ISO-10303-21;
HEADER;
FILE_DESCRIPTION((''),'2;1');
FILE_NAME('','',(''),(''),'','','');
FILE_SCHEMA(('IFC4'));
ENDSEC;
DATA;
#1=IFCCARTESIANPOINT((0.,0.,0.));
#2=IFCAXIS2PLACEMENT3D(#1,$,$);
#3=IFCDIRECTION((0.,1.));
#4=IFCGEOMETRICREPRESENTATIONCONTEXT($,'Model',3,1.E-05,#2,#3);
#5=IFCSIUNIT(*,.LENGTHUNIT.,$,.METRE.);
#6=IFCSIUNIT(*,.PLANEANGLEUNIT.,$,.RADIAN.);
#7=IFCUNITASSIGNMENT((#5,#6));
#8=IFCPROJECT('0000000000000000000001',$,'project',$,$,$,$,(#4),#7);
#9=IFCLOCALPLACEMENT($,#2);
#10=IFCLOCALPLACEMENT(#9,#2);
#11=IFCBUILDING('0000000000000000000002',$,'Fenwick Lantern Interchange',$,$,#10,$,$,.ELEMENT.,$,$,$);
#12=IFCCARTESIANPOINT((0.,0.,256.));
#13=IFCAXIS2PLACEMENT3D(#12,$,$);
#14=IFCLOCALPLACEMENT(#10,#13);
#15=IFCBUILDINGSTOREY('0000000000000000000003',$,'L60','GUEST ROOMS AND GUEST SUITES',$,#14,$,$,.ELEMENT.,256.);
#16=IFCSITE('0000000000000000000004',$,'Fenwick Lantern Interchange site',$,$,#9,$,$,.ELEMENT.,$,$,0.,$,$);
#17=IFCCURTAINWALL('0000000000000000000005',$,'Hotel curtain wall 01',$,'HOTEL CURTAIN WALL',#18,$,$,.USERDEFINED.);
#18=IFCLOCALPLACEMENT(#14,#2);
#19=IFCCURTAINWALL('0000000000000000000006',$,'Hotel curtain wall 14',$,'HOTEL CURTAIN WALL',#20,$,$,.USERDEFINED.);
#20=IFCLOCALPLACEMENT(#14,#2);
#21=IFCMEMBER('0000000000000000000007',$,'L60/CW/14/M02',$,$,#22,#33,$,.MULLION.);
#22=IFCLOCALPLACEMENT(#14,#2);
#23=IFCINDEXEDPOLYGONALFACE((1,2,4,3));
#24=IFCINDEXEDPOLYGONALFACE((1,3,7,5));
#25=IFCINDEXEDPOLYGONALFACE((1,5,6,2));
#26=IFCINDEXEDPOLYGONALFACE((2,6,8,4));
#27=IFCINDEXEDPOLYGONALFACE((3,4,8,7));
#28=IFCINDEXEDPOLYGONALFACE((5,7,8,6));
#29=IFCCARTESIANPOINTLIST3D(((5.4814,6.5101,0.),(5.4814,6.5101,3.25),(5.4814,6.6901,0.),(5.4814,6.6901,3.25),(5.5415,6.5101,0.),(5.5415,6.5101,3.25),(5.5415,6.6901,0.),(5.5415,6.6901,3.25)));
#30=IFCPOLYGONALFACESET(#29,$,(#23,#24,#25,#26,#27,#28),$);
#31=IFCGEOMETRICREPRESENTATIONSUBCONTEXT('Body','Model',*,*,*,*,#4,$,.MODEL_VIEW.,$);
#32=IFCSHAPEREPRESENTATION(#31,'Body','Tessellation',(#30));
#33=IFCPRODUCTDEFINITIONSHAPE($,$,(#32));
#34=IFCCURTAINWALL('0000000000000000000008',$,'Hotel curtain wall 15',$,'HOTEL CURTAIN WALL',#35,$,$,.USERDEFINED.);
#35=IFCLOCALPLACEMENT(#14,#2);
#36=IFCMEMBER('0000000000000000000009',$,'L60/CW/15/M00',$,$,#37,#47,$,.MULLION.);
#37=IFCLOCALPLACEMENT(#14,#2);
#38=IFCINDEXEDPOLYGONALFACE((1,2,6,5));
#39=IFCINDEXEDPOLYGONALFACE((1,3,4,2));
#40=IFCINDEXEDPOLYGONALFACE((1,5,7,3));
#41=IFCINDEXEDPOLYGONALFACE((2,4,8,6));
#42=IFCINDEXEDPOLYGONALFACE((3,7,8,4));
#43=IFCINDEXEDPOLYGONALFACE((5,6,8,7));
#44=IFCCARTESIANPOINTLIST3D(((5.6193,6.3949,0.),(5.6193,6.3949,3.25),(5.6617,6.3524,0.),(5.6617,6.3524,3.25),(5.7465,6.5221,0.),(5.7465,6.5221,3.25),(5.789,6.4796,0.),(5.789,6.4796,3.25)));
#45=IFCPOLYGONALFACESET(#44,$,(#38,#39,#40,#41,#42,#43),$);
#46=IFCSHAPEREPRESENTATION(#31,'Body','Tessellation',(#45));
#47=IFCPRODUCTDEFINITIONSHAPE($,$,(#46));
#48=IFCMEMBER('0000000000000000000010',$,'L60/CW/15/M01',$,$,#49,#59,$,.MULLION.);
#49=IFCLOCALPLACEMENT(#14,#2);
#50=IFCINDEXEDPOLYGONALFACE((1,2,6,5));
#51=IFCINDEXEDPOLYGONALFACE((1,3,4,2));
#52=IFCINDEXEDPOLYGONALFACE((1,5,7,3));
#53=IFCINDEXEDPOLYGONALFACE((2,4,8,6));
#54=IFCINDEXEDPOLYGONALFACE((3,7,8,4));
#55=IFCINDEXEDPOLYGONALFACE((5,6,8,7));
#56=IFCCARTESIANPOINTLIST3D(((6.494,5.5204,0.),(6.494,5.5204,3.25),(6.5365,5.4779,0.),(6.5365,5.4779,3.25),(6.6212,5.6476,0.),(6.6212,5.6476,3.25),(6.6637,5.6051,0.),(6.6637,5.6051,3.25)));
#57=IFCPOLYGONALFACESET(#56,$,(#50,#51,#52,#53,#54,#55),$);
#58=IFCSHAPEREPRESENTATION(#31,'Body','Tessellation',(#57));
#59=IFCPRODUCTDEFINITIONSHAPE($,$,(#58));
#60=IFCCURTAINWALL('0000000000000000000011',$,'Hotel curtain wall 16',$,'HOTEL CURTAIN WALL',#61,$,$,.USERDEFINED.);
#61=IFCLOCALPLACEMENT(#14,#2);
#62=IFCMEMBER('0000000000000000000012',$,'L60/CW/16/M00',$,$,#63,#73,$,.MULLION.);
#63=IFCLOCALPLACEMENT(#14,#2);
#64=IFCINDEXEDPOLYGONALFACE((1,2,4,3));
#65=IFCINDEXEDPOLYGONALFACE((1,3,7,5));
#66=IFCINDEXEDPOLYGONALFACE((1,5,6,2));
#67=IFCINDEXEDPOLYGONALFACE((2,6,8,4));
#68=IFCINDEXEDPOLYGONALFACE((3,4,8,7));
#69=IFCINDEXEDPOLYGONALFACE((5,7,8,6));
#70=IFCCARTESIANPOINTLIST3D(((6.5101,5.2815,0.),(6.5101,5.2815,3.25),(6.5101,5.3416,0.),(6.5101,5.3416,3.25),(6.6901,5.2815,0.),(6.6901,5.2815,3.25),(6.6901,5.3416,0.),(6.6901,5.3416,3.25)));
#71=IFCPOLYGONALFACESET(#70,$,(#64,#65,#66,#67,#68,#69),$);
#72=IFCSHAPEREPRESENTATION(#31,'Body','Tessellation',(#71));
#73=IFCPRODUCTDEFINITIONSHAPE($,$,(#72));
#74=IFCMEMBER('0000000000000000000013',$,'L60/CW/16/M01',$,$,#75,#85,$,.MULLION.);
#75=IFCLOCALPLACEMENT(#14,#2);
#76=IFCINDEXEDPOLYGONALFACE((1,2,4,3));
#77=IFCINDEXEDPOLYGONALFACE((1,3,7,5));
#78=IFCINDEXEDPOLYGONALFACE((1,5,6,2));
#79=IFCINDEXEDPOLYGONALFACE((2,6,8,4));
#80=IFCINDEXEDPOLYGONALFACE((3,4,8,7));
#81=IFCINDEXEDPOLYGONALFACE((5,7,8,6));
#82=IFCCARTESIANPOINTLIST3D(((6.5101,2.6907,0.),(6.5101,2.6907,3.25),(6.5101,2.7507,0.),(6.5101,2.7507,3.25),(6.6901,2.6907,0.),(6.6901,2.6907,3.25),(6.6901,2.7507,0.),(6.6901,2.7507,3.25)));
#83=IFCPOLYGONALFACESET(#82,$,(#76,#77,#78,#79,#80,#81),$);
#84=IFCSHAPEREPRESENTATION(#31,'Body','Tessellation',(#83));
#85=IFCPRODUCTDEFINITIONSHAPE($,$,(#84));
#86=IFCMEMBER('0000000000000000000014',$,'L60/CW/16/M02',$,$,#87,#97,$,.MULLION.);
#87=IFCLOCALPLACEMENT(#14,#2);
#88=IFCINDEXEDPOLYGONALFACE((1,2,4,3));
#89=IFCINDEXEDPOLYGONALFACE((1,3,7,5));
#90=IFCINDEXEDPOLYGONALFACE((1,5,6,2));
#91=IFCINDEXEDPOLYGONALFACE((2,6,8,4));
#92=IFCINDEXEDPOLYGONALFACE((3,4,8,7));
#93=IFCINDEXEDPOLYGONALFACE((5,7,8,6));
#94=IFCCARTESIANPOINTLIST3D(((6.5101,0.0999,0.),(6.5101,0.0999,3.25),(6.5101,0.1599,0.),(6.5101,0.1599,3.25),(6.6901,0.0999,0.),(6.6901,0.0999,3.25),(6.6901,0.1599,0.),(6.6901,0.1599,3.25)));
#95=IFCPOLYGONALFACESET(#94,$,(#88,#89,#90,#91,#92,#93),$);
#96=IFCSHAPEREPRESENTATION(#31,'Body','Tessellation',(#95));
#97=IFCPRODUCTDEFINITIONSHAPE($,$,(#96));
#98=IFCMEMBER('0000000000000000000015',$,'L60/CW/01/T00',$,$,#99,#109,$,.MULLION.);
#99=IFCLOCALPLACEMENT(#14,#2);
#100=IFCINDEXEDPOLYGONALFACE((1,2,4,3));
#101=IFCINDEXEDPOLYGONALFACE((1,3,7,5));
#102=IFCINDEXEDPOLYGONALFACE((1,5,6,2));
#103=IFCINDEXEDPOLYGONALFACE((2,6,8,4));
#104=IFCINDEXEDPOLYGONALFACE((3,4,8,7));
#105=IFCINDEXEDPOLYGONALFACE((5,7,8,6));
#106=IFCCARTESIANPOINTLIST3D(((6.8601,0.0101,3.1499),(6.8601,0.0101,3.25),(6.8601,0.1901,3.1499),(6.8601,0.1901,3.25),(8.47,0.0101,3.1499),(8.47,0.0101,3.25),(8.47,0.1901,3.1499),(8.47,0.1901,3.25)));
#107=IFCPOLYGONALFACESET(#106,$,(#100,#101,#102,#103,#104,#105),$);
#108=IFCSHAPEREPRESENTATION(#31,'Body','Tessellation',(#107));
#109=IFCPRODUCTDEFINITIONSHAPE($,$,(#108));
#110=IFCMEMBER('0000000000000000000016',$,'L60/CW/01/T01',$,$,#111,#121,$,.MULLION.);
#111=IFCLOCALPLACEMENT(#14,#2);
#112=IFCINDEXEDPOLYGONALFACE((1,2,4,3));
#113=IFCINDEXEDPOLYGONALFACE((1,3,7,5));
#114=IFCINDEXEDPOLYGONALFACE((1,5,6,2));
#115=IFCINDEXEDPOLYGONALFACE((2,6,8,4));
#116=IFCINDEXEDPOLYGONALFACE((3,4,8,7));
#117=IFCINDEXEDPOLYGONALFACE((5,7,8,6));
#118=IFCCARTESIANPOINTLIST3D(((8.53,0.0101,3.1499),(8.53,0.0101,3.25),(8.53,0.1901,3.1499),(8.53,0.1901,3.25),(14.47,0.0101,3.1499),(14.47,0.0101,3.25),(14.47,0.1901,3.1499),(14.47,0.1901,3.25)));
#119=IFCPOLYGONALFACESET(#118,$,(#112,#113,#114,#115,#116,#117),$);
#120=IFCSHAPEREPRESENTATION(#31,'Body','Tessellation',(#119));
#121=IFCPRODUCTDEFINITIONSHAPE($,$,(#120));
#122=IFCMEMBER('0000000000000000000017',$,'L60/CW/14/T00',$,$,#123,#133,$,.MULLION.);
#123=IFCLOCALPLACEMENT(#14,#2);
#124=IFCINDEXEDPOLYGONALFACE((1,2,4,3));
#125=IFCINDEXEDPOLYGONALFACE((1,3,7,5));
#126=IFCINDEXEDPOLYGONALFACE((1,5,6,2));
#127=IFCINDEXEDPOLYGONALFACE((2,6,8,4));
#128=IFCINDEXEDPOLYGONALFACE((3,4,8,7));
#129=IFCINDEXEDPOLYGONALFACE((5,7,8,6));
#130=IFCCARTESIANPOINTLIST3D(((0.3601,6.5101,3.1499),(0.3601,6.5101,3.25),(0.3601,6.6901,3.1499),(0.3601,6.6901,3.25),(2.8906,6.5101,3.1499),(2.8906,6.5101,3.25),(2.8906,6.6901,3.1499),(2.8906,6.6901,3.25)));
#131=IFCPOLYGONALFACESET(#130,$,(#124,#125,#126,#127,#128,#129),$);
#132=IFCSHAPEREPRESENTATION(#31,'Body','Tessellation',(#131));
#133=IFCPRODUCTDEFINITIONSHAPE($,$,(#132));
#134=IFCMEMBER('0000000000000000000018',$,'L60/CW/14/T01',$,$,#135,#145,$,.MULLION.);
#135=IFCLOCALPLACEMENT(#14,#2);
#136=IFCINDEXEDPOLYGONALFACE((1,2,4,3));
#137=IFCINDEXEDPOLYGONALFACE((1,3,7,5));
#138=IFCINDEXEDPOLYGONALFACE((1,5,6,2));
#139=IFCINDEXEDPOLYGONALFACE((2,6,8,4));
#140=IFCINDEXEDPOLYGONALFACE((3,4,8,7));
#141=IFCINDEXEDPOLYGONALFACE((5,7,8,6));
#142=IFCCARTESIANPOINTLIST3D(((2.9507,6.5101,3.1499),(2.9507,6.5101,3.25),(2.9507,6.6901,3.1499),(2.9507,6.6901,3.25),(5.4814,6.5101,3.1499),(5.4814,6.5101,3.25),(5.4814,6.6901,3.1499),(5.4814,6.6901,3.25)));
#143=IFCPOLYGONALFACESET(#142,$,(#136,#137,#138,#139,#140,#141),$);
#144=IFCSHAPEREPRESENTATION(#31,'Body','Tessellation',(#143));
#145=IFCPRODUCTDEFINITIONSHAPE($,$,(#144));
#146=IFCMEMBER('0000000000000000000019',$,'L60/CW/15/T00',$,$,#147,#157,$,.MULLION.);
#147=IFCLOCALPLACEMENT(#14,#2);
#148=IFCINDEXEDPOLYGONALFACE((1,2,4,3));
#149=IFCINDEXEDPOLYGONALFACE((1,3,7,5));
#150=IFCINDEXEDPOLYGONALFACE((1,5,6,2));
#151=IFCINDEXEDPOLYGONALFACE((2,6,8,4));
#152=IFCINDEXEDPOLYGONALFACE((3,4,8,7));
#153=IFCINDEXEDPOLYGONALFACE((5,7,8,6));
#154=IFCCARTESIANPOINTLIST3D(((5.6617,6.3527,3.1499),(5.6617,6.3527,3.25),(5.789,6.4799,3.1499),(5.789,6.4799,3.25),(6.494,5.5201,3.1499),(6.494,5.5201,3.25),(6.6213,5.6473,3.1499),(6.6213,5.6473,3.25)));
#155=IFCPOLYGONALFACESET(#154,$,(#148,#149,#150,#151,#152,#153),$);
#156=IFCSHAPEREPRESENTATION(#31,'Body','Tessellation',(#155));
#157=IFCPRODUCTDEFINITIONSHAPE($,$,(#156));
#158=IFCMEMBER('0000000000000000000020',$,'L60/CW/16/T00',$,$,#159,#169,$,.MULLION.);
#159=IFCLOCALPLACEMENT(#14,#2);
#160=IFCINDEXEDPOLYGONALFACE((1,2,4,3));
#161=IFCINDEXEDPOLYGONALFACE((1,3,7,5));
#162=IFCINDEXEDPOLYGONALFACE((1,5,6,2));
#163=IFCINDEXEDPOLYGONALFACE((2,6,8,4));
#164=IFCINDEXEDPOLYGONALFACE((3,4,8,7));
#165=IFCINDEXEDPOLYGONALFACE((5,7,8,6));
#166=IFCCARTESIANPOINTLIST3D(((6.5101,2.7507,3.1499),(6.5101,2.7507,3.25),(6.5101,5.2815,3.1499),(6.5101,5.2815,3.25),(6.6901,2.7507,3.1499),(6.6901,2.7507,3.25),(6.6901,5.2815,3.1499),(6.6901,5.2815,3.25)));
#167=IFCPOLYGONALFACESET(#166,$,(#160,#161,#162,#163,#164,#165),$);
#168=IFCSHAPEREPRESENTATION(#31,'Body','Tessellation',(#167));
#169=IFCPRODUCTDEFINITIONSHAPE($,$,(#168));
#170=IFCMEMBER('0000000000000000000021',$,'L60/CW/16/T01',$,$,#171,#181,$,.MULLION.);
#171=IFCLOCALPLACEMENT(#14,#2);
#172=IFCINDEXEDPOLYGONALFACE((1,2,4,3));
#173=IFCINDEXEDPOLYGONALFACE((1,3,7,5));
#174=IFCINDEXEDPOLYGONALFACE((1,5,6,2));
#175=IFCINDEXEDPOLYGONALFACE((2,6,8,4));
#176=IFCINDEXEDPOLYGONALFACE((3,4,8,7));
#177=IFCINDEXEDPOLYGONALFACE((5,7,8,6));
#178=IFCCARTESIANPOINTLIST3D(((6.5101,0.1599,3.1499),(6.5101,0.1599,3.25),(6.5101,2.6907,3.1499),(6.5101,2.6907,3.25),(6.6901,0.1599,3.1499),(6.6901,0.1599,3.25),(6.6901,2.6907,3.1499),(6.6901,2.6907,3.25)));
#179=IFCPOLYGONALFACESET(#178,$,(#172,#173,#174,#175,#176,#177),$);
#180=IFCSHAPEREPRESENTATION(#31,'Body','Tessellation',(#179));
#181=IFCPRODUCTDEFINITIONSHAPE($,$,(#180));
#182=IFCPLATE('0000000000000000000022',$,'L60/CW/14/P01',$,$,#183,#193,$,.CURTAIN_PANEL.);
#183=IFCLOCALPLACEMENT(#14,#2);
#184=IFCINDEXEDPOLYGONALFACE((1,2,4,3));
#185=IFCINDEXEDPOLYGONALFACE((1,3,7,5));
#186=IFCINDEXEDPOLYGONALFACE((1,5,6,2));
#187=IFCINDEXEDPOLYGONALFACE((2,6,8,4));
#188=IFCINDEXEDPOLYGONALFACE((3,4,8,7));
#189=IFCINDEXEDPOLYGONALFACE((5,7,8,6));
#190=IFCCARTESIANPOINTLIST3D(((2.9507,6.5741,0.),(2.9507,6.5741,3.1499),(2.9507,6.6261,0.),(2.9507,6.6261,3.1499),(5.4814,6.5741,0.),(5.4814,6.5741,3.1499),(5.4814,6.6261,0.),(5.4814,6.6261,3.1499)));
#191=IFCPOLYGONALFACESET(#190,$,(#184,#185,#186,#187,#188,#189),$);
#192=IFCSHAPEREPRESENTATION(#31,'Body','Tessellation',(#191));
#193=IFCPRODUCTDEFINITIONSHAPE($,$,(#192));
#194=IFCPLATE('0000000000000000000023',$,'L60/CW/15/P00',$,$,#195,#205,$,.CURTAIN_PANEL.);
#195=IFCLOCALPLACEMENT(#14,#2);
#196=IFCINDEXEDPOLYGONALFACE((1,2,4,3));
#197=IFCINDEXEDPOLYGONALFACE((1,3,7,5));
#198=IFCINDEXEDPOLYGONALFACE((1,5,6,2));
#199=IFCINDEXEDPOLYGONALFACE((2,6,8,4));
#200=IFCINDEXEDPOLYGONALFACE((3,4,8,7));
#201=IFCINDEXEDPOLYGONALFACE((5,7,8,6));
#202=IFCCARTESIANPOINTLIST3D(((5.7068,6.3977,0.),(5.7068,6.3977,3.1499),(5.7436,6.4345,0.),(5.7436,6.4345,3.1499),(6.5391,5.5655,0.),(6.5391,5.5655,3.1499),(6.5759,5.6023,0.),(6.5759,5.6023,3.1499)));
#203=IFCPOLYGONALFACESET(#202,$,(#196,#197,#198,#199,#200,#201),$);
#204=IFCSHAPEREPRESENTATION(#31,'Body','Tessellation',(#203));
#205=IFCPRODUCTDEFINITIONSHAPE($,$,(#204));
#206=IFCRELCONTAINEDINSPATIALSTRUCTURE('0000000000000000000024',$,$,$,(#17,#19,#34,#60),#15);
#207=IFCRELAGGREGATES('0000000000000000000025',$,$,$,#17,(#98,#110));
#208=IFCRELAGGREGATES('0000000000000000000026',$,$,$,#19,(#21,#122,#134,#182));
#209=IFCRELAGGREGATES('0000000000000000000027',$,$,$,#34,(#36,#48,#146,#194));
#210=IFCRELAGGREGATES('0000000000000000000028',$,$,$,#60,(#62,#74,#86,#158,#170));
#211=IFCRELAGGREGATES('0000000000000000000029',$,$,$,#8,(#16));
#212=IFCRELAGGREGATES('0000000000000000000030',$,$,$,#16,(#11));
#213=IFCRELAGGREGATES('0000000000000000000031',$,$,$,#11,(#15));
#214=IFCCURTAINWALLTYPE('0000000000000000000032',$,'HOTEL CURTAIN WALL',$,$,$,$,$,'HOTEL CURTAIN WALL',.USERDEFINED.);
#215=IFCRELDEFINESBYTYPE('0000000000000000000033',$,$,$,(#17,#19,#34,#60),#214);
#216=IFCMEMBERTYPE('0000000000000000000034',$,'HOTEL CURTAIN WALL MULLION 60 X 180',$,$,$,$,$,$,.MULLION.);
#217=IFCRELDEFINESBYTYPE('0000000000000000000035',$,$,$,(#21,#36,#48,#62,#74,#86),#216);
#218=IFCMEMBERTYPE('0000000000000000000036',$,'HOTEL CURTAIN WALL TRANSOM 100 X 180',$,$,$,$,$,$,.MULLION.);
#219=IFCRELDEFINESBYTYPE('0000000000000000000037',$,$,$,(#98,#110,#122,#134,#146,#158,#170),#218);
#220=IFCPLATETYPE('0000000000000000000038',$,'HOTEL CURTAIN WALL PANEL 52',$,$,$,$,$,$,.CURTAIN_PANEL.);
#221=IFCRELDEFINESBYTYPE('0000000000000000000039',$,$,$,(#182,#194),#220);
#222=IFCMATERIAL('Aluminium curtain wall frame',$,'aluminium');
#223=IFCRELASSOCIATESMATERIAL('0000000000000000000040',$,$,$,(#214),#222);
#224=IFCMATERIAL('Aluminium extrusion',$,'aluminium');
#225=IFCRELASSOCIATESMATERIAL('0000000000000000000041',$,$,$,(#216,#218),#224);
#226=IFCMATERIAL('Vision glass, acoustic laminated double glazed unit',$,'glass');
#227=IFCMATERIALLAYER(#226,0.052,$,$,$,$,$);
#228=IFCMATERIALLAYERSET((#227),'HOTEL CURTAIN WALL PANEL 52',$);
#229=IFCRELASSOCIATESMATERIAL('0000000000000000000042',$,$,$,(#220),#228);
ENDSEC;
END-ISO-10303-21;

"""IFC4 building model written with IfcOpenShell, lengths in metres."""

from ifc_helpers import new_model, si_unit, direction, frame, origin, origin_2d, place, context, subcontext, project, spatial, rectangle, extrude, material, layer, layer_set, material_profile, profile_set, type_object, element, aggregate, save


model = new_model("IFC4")

# Units and contexts
model_context = context("Model", 3, precision=1e-05, world=origin(), true_north=direction((0.0, 1.0)))
body_context = subcontext(model_context, "Body", "Model", "MODEL_VIEW")
ifc_project = project(units=[si_unit("LENGTHUNIT", "METRE"), si_unit("PLANEANGLEUNIT", "RADIAN")], contexts=[model_context])

# Site, building, storey
site_placement = place(None, origin())
site = spatial("IfcSite", under=ifc_project, at=site_placement, Name="Fenwick Lantern Interchange site", CompositionType="ELEMENT", RefElevation=0.0)
building_placement = place(site_placement, origin())
building = spatial("IfcBuilding", under=site, at=building_placement, Name="Fenwick Lantern Interchange", CompositionType="ELEMENT")
storey_placement = place(building_placement, frame((0.0, 0.0, 256.0)))
storey = spatial("IfcBuildingStorey", under=building, at=storey_placement, Name="L60", Description="GUEST ROOMS AND GUEST SUITES", CompositionType="ELEMENT", Elevation=256.0)

# Curtain wall
ifc_material_1 = material(Name="Aluminium curtain wall frame", Category="aluminium")
curtain_wall_type = type_object("IfcCurtainWallType", Name="HOTEL CURTAIN WALL", ElementType="HOTEL CURTAIN WALL", PredefinedType="USERDEFINED", material=ifc_material_1)
curtain_wall_1_placement = place(storey_placement, origin())
curtain_wall_1 = element("IfcCurtainWall", 1, at=curtain_wall_1_placement, inside=storey, type_object=curtain_wall_type, Name="Hotel curtain wall 01", ObjectType="HOTEL CURTAIN WALL", PredefinedType="USERDEFINED")
ifc_material_2 = material(Name="Aluminium extrusion", Category="aluminium")
ifc_material_profile_1 = material_profile(ifc_material_2, rectangle(XDim=0.1799, YDim=0.0601, at=origin_2d()), Name="HOTEL CURTAIN WALL MULLION 60 X 180")
ifc_profile_set_1 = profile_set([ifc_material_profile_1], Name="Aluminium extrusion")
member_type_1 = type_object("IfcMemberType", Name="HOTEL CURTAIN WALL MULLION 60 X 180", PredefinedType="MULLION", material=ifc_profile_set_1)

# Curtain walls, members
curtain_wall_2_placement = place(storey_placement, origin())
curtain_wall_2 = element("IfcCurtainWall", 2, at=curtain_wall_2_placement, inside=storey, type_object=curtain_wall_type, Name="Hotel curtain wall 14", ObjectType="HOTEL CURTAIN WALL", PredefinedType="USERDEFINED")
member_1_placement = place(storey_placement, frame((5.5115, 6.6001, 0.0), z_axis=(0.0, 0.0, 1.0), x_axis=(0.0, 1.0, 0.0)))
member_1 = element("IfcMember", 3, at=member_1_placement, type_object=member_type_1, Name="L60/CW/14/M02", PredefinedType="MULLION", context=body_context, shape_type="SweptSolid", body=[
    extrude(rectangle(XDim=0.1799, YDim=0.0601, at=origin_2d()), origin(), (0.0, 0.0, 1.0), 3.25),
])
curtain_wall_3_placement = place(storey_placement, origin())
curtain_wall_3 = element("IfcCurtainWall", 4, at=curtain_wall_3_placement, inside=storey, type_object=curtain_wall_type, Name="Hotel curtain wall 15", ObjectType="HOTEL CURTAIN WALL", PredefinedType="USERDEFINED")
member_2_placement = place(storey_placement, frame((5.7041, 6.4373, 0.0), z_axis=(0.0, 0.0, 1.0), x_axis=(0.707107, 0.707107, 0.0)))
member_2 = element("IfcMember", 5, at=member_2_placement, type_object=member_type_1, Name="L60/CW/15/M00", PredefinedType="MULLION", context=body_context, shape_type="SweptSolid", body=[
    extrude(rectangle(XDim=0.1799, YDim=0.0601, at=origin_2d()), origin(), (0.0, 0.0, 1.0), 3.25),
])
member_3_placement = place(storey_placement, frame((6.5789, 5.5627, 0.0), z_axis=(0.0, 0.0, 1.0), x_axis=(0.707107, 0.707107, 0.0)))
member_3 = element("IfcMember", 6, at=member_3_placement, type_object=member_type_1, Name="L60/CW/15/M01", PredefinedType="MULLION", context=body_context, shape_type="SweptSolid", body=[
    extrude(rectangle(XDim=0.1799, YDim=0.0601, at=origin_2d()), origin(), (0.0, 0.0, 1.0), 3.25),
])
curtain_wall_4_placement = place(storey_placement, origin())
curtain_wall_4 = element("IfcCurtainWall", 7, at=curtain_wall_4_placement, inside=storey, type_object=curtain_wall_type, Name="Hotel curtain wall 16", ObjectType="HOTEL CURTAIN WALL", PredefinedType="USERDEFINED")
member_4_placement = place(storey_placement, frame((6.6001, 5.3115, 0.0), z_axis=(0.0, 0.0, 1.0), x_axis=(1.0, 0.0, 0.0)))
member_4 = element("IfcMember", 8, at=member_4_placement, type_object=member_type_1, Name="L60/CW/16/M00", PredefinedType="MULLION", context=body_context, shape_type="SweptSolid", body=[
    extrude(rectangle(XDim=0.1799, YDim=0.0601, at=origin_2d()), origin(), (0.0, 0.0, 1.0), 3.25),
])
member_5_placement = place(storey_placement, frame((6.6001, 2.7207, 0.0), z_axis=(0.0, 0.0, 1.0), x_axis=(1.0, 0.0, 0.0)))
member_5 = element("IfcMember", 9, at=member_5_placement, type_object=member_type_1, Name="L60/CW/16/M01", PredefinedType="MULLION", context=body_context, shape_type="SweptSolid", body=[
    extrude(rectangle(XDim=0.1799, YDim=0.0601, at=origin_2d()), origin(), (0.0, 0.0, 1.0), 3.25),
])
member_6_placement = place(storey_placement, frame((6.6001, 0.1299, 0.0), z_axis=(0.0, 0.0, 1.0), x_axis=(1.0, 0.0, 0.0)))
member_6 = element("IfcMember", 10, at=member_6_placement, type_object=member_type_1, Name="L60/CW/16/M02", PredefinedType="MULLION", context=body_context, shape_type="SweptSolid", body=[
    extrude(rectangle(XDim=0.1799, YDim=0.0601, at=origin_2d()), origin(), (0.0, 0.0, 1.0), 3.25),
])

# Members
ifc_material_profile_2 = material_profile(ifc_material_2, rectangle(XDim=0.1799, YDim=0.1001, at=origin_2d()), Name="HOTEL CURTAIN WALL TRANSOM 100 X 180")
ifc_profile_set_2 = profile_set([ifc_material_profile_2], Name="Aluminium extrusion")
member_type_2 = type_object("IfcMemberType", Name="HOTEL CURTAIN WALL TRANSOM 100 X 180", PredefinedType="MULLION", material=ifc_profile_set_2)
member_7_placement = place(storey_placement, frame((6.8601, 0.1001, 3.2), z_axis=(1.0, 0.0, 0.0), x_axis=(0.0, 1.0, 0.0)))
member_7 = element("IfcMember", 11, at=member_7_placement, type_object=member_type_2, Name="L60/CW/01/T00", PredefinedType="MULLION", context=body_context, shape_type="SweptSolid", body=[
    extrude(rectangle(XDim=0.1799, YDim=0.1001, at=origin_2d()), origin(), (0.0, 0.0, 1.0), 1.6099),
])
member_8_placement = place(storey_placement, frame((8.53, 0.1001, 3.2), z_axis=(1.0, 0.0, 0.0), x_axis=(0.0, 1.0, 0.0)))
member_8 = element("IfcMember", 12, at=member_8_placement, type_object=member_type_2, Name="L60/CW/01/T01", PredefinedType="MULLION", context=body_context, shape_type="SweptSolid", body=[
    extrude(rectangle(XDim=0.1799, YDim=0.1001, at=origin_2d()), origin(), (0.0, 0.0, 1.0), 5.9399),
])
member_9_placement = place(storey_placement, frame((0.3601, 6.6001, 3.2), z_axis=(1.0, 0.0, 0.0), x_axis=(0.0, 1.0, 0.0)))
member_9 = element("IfcMember", 13, at=member_9_placement, type_object=member_type_2, Name="L60/CW/14/T00", PredefinedType="MULLION", context=body_context, shape_type="SweptSolid", body=[
    extrude(rectangle(XDim=0.1799, YDim=0.1001, at=origin_2d()), origin(), (0.0, 0.0, 1.0), 2.5305),
])
member_10_placement = place(storey_placement, frame((2.9507, 6.6001, 3.2), z_axis=(1.0, 0.0, 0.0), x_axis=(0.0, 1.0, 0.0)))
member_10 = element("IfcMember", 14, at=member_10_placement, type_object=member_type_2, Name="L60/CW/14/T01", PredefinedType="MULLION", context=body_context, shape_type="SweptSolid", body=[
    extrude(rectangle(XDim=0.1799, YDim=0.1001, at=origin_2d()), origin(), (0.0, 0.0, 1.0), 2.5308),
])
member_11_placement = place(storey_placement, frame((5.7253, 6.4163, 3.2), z_axis=(0.707003, -0.70721, 0.0), x_axis=(0.70721, 0.707003, 0.0)))
member_11 = element("IfcMember", 15, at=member_11_placement, type_object=member_type_2, Name="L60/CW/15/T00", PredefinedType="MULLION", context=body_context, shape_type="SweptSolid", body=[
    extrude(rectangle(XDim=0.1799, YDim=0.1001, at=origin_2d()), origin(), (0.0, 0.0, 1.0), 1.1772),
])
member_12_placement = place(storey_placement, frame((6.6001, 5.2815, 3.2), z_axis=(0.0, -1.0, 0.0), x_axis=(1.0, 0.0, 0.0)))
member_12 = element("IfcMember", 16, at=member_12_placement, type_object=member_type_2, Name="L60/CW/16/T00", PredefinedType="MULLION", context=body_context, shape_type="SweptSolid", body=[
    extrude(rectangle(XDim=0.1799, YDim=0.1001, at=origin_2d()), origin(), (0.0, 0.0, 1.0), 2.5308),
])
member_13_placement = place(storey_placement, frame((6.6001, 2.6907, 3.2), z_axis=(0.0, -1.0, 0.0), x_axis=(1.0, 0.0, 0.0)))
member_13 = element("IfcMember", 17, at=member_13_placement, type_object=member_type_2, Name="L60/CW/16/T01", PredefinedType="MULLION", context=body_context, shape_type="SweptSolid", body=[
    extrude(rectangle(XDim=0.1799, YDim=0.1001, at=origin_2d()), origin(), (0.0, 0.0, 1.0), 2.5308),
])

# Plates
ifc_material_3 = material(Name="Vision glass, acoustic laminated double glazed unit", Category="glass")
ifc_layer_1 = layer(ifc_material_3, 0.052)
ifc_layer_set_1 = layer_set([ifc_layer_1], Name="HOTEL CURTAIN WALL PANEL 52")
plate_type = type_object("IfcPlateType", Name="HOTEL CURTAIN WALL PANEL 52", PredefinedType="CURTAIN_PANEL", material=ifc_layer_set_1)
aggregate(curtain_wall_1, [member_7, member_8])
plate_1_placement = place(storey_placement, frame((4.2161, 6.6001, 0.0), z_axis=(0.0, 0.0, 1.0), x_axis=(1.0, 0.0, 0.0)))
plate_1 = element("IfcPlate", 18, at=plate_1_placement, type_object=plate_type, Name="L60/CW/14/P01", PredefinedType="CURTAIN_PANEL", context=body_context, shape_type="SweptSolid", body=[
    extrude(rectangle(XDim=2.5308, YDim=0.052, at=origin_2d()), origin(), (0.0, 0.0, 1.0), 3.1499),
])
aggregate(curtain_wall_2, [member_1, member_9, member_10, plate_1])
plate_2_placement = place(storey_placement, frame((6.1414, 6.0, 0.0), z_axis=(0.0, 0.0, 1.0), x_axis=(0.707107, -0.707107, 0.0)))
plate_2 = element("IfcPlate", 19, at=plate_2_placement, type_object=plate_type, Name="L60/CW/15/P00", PredefinedType="CURTAIN_PANEL", context=body_context, shape_type="SweptSolid", body=[
    extrude(rectangle(XDim=1.177, YDim=0.052, at=origin_2d()), origin(), (0.0, 0.0, 1.0), 3.1499),
])
aggregate(curtain_wall_3, [member_2, member_3, member_11, plate_2])
aggregate(curtain_wall_4, [member_4, member_5, member_6, member_12, member_13])

save(model, "model.ifc")
